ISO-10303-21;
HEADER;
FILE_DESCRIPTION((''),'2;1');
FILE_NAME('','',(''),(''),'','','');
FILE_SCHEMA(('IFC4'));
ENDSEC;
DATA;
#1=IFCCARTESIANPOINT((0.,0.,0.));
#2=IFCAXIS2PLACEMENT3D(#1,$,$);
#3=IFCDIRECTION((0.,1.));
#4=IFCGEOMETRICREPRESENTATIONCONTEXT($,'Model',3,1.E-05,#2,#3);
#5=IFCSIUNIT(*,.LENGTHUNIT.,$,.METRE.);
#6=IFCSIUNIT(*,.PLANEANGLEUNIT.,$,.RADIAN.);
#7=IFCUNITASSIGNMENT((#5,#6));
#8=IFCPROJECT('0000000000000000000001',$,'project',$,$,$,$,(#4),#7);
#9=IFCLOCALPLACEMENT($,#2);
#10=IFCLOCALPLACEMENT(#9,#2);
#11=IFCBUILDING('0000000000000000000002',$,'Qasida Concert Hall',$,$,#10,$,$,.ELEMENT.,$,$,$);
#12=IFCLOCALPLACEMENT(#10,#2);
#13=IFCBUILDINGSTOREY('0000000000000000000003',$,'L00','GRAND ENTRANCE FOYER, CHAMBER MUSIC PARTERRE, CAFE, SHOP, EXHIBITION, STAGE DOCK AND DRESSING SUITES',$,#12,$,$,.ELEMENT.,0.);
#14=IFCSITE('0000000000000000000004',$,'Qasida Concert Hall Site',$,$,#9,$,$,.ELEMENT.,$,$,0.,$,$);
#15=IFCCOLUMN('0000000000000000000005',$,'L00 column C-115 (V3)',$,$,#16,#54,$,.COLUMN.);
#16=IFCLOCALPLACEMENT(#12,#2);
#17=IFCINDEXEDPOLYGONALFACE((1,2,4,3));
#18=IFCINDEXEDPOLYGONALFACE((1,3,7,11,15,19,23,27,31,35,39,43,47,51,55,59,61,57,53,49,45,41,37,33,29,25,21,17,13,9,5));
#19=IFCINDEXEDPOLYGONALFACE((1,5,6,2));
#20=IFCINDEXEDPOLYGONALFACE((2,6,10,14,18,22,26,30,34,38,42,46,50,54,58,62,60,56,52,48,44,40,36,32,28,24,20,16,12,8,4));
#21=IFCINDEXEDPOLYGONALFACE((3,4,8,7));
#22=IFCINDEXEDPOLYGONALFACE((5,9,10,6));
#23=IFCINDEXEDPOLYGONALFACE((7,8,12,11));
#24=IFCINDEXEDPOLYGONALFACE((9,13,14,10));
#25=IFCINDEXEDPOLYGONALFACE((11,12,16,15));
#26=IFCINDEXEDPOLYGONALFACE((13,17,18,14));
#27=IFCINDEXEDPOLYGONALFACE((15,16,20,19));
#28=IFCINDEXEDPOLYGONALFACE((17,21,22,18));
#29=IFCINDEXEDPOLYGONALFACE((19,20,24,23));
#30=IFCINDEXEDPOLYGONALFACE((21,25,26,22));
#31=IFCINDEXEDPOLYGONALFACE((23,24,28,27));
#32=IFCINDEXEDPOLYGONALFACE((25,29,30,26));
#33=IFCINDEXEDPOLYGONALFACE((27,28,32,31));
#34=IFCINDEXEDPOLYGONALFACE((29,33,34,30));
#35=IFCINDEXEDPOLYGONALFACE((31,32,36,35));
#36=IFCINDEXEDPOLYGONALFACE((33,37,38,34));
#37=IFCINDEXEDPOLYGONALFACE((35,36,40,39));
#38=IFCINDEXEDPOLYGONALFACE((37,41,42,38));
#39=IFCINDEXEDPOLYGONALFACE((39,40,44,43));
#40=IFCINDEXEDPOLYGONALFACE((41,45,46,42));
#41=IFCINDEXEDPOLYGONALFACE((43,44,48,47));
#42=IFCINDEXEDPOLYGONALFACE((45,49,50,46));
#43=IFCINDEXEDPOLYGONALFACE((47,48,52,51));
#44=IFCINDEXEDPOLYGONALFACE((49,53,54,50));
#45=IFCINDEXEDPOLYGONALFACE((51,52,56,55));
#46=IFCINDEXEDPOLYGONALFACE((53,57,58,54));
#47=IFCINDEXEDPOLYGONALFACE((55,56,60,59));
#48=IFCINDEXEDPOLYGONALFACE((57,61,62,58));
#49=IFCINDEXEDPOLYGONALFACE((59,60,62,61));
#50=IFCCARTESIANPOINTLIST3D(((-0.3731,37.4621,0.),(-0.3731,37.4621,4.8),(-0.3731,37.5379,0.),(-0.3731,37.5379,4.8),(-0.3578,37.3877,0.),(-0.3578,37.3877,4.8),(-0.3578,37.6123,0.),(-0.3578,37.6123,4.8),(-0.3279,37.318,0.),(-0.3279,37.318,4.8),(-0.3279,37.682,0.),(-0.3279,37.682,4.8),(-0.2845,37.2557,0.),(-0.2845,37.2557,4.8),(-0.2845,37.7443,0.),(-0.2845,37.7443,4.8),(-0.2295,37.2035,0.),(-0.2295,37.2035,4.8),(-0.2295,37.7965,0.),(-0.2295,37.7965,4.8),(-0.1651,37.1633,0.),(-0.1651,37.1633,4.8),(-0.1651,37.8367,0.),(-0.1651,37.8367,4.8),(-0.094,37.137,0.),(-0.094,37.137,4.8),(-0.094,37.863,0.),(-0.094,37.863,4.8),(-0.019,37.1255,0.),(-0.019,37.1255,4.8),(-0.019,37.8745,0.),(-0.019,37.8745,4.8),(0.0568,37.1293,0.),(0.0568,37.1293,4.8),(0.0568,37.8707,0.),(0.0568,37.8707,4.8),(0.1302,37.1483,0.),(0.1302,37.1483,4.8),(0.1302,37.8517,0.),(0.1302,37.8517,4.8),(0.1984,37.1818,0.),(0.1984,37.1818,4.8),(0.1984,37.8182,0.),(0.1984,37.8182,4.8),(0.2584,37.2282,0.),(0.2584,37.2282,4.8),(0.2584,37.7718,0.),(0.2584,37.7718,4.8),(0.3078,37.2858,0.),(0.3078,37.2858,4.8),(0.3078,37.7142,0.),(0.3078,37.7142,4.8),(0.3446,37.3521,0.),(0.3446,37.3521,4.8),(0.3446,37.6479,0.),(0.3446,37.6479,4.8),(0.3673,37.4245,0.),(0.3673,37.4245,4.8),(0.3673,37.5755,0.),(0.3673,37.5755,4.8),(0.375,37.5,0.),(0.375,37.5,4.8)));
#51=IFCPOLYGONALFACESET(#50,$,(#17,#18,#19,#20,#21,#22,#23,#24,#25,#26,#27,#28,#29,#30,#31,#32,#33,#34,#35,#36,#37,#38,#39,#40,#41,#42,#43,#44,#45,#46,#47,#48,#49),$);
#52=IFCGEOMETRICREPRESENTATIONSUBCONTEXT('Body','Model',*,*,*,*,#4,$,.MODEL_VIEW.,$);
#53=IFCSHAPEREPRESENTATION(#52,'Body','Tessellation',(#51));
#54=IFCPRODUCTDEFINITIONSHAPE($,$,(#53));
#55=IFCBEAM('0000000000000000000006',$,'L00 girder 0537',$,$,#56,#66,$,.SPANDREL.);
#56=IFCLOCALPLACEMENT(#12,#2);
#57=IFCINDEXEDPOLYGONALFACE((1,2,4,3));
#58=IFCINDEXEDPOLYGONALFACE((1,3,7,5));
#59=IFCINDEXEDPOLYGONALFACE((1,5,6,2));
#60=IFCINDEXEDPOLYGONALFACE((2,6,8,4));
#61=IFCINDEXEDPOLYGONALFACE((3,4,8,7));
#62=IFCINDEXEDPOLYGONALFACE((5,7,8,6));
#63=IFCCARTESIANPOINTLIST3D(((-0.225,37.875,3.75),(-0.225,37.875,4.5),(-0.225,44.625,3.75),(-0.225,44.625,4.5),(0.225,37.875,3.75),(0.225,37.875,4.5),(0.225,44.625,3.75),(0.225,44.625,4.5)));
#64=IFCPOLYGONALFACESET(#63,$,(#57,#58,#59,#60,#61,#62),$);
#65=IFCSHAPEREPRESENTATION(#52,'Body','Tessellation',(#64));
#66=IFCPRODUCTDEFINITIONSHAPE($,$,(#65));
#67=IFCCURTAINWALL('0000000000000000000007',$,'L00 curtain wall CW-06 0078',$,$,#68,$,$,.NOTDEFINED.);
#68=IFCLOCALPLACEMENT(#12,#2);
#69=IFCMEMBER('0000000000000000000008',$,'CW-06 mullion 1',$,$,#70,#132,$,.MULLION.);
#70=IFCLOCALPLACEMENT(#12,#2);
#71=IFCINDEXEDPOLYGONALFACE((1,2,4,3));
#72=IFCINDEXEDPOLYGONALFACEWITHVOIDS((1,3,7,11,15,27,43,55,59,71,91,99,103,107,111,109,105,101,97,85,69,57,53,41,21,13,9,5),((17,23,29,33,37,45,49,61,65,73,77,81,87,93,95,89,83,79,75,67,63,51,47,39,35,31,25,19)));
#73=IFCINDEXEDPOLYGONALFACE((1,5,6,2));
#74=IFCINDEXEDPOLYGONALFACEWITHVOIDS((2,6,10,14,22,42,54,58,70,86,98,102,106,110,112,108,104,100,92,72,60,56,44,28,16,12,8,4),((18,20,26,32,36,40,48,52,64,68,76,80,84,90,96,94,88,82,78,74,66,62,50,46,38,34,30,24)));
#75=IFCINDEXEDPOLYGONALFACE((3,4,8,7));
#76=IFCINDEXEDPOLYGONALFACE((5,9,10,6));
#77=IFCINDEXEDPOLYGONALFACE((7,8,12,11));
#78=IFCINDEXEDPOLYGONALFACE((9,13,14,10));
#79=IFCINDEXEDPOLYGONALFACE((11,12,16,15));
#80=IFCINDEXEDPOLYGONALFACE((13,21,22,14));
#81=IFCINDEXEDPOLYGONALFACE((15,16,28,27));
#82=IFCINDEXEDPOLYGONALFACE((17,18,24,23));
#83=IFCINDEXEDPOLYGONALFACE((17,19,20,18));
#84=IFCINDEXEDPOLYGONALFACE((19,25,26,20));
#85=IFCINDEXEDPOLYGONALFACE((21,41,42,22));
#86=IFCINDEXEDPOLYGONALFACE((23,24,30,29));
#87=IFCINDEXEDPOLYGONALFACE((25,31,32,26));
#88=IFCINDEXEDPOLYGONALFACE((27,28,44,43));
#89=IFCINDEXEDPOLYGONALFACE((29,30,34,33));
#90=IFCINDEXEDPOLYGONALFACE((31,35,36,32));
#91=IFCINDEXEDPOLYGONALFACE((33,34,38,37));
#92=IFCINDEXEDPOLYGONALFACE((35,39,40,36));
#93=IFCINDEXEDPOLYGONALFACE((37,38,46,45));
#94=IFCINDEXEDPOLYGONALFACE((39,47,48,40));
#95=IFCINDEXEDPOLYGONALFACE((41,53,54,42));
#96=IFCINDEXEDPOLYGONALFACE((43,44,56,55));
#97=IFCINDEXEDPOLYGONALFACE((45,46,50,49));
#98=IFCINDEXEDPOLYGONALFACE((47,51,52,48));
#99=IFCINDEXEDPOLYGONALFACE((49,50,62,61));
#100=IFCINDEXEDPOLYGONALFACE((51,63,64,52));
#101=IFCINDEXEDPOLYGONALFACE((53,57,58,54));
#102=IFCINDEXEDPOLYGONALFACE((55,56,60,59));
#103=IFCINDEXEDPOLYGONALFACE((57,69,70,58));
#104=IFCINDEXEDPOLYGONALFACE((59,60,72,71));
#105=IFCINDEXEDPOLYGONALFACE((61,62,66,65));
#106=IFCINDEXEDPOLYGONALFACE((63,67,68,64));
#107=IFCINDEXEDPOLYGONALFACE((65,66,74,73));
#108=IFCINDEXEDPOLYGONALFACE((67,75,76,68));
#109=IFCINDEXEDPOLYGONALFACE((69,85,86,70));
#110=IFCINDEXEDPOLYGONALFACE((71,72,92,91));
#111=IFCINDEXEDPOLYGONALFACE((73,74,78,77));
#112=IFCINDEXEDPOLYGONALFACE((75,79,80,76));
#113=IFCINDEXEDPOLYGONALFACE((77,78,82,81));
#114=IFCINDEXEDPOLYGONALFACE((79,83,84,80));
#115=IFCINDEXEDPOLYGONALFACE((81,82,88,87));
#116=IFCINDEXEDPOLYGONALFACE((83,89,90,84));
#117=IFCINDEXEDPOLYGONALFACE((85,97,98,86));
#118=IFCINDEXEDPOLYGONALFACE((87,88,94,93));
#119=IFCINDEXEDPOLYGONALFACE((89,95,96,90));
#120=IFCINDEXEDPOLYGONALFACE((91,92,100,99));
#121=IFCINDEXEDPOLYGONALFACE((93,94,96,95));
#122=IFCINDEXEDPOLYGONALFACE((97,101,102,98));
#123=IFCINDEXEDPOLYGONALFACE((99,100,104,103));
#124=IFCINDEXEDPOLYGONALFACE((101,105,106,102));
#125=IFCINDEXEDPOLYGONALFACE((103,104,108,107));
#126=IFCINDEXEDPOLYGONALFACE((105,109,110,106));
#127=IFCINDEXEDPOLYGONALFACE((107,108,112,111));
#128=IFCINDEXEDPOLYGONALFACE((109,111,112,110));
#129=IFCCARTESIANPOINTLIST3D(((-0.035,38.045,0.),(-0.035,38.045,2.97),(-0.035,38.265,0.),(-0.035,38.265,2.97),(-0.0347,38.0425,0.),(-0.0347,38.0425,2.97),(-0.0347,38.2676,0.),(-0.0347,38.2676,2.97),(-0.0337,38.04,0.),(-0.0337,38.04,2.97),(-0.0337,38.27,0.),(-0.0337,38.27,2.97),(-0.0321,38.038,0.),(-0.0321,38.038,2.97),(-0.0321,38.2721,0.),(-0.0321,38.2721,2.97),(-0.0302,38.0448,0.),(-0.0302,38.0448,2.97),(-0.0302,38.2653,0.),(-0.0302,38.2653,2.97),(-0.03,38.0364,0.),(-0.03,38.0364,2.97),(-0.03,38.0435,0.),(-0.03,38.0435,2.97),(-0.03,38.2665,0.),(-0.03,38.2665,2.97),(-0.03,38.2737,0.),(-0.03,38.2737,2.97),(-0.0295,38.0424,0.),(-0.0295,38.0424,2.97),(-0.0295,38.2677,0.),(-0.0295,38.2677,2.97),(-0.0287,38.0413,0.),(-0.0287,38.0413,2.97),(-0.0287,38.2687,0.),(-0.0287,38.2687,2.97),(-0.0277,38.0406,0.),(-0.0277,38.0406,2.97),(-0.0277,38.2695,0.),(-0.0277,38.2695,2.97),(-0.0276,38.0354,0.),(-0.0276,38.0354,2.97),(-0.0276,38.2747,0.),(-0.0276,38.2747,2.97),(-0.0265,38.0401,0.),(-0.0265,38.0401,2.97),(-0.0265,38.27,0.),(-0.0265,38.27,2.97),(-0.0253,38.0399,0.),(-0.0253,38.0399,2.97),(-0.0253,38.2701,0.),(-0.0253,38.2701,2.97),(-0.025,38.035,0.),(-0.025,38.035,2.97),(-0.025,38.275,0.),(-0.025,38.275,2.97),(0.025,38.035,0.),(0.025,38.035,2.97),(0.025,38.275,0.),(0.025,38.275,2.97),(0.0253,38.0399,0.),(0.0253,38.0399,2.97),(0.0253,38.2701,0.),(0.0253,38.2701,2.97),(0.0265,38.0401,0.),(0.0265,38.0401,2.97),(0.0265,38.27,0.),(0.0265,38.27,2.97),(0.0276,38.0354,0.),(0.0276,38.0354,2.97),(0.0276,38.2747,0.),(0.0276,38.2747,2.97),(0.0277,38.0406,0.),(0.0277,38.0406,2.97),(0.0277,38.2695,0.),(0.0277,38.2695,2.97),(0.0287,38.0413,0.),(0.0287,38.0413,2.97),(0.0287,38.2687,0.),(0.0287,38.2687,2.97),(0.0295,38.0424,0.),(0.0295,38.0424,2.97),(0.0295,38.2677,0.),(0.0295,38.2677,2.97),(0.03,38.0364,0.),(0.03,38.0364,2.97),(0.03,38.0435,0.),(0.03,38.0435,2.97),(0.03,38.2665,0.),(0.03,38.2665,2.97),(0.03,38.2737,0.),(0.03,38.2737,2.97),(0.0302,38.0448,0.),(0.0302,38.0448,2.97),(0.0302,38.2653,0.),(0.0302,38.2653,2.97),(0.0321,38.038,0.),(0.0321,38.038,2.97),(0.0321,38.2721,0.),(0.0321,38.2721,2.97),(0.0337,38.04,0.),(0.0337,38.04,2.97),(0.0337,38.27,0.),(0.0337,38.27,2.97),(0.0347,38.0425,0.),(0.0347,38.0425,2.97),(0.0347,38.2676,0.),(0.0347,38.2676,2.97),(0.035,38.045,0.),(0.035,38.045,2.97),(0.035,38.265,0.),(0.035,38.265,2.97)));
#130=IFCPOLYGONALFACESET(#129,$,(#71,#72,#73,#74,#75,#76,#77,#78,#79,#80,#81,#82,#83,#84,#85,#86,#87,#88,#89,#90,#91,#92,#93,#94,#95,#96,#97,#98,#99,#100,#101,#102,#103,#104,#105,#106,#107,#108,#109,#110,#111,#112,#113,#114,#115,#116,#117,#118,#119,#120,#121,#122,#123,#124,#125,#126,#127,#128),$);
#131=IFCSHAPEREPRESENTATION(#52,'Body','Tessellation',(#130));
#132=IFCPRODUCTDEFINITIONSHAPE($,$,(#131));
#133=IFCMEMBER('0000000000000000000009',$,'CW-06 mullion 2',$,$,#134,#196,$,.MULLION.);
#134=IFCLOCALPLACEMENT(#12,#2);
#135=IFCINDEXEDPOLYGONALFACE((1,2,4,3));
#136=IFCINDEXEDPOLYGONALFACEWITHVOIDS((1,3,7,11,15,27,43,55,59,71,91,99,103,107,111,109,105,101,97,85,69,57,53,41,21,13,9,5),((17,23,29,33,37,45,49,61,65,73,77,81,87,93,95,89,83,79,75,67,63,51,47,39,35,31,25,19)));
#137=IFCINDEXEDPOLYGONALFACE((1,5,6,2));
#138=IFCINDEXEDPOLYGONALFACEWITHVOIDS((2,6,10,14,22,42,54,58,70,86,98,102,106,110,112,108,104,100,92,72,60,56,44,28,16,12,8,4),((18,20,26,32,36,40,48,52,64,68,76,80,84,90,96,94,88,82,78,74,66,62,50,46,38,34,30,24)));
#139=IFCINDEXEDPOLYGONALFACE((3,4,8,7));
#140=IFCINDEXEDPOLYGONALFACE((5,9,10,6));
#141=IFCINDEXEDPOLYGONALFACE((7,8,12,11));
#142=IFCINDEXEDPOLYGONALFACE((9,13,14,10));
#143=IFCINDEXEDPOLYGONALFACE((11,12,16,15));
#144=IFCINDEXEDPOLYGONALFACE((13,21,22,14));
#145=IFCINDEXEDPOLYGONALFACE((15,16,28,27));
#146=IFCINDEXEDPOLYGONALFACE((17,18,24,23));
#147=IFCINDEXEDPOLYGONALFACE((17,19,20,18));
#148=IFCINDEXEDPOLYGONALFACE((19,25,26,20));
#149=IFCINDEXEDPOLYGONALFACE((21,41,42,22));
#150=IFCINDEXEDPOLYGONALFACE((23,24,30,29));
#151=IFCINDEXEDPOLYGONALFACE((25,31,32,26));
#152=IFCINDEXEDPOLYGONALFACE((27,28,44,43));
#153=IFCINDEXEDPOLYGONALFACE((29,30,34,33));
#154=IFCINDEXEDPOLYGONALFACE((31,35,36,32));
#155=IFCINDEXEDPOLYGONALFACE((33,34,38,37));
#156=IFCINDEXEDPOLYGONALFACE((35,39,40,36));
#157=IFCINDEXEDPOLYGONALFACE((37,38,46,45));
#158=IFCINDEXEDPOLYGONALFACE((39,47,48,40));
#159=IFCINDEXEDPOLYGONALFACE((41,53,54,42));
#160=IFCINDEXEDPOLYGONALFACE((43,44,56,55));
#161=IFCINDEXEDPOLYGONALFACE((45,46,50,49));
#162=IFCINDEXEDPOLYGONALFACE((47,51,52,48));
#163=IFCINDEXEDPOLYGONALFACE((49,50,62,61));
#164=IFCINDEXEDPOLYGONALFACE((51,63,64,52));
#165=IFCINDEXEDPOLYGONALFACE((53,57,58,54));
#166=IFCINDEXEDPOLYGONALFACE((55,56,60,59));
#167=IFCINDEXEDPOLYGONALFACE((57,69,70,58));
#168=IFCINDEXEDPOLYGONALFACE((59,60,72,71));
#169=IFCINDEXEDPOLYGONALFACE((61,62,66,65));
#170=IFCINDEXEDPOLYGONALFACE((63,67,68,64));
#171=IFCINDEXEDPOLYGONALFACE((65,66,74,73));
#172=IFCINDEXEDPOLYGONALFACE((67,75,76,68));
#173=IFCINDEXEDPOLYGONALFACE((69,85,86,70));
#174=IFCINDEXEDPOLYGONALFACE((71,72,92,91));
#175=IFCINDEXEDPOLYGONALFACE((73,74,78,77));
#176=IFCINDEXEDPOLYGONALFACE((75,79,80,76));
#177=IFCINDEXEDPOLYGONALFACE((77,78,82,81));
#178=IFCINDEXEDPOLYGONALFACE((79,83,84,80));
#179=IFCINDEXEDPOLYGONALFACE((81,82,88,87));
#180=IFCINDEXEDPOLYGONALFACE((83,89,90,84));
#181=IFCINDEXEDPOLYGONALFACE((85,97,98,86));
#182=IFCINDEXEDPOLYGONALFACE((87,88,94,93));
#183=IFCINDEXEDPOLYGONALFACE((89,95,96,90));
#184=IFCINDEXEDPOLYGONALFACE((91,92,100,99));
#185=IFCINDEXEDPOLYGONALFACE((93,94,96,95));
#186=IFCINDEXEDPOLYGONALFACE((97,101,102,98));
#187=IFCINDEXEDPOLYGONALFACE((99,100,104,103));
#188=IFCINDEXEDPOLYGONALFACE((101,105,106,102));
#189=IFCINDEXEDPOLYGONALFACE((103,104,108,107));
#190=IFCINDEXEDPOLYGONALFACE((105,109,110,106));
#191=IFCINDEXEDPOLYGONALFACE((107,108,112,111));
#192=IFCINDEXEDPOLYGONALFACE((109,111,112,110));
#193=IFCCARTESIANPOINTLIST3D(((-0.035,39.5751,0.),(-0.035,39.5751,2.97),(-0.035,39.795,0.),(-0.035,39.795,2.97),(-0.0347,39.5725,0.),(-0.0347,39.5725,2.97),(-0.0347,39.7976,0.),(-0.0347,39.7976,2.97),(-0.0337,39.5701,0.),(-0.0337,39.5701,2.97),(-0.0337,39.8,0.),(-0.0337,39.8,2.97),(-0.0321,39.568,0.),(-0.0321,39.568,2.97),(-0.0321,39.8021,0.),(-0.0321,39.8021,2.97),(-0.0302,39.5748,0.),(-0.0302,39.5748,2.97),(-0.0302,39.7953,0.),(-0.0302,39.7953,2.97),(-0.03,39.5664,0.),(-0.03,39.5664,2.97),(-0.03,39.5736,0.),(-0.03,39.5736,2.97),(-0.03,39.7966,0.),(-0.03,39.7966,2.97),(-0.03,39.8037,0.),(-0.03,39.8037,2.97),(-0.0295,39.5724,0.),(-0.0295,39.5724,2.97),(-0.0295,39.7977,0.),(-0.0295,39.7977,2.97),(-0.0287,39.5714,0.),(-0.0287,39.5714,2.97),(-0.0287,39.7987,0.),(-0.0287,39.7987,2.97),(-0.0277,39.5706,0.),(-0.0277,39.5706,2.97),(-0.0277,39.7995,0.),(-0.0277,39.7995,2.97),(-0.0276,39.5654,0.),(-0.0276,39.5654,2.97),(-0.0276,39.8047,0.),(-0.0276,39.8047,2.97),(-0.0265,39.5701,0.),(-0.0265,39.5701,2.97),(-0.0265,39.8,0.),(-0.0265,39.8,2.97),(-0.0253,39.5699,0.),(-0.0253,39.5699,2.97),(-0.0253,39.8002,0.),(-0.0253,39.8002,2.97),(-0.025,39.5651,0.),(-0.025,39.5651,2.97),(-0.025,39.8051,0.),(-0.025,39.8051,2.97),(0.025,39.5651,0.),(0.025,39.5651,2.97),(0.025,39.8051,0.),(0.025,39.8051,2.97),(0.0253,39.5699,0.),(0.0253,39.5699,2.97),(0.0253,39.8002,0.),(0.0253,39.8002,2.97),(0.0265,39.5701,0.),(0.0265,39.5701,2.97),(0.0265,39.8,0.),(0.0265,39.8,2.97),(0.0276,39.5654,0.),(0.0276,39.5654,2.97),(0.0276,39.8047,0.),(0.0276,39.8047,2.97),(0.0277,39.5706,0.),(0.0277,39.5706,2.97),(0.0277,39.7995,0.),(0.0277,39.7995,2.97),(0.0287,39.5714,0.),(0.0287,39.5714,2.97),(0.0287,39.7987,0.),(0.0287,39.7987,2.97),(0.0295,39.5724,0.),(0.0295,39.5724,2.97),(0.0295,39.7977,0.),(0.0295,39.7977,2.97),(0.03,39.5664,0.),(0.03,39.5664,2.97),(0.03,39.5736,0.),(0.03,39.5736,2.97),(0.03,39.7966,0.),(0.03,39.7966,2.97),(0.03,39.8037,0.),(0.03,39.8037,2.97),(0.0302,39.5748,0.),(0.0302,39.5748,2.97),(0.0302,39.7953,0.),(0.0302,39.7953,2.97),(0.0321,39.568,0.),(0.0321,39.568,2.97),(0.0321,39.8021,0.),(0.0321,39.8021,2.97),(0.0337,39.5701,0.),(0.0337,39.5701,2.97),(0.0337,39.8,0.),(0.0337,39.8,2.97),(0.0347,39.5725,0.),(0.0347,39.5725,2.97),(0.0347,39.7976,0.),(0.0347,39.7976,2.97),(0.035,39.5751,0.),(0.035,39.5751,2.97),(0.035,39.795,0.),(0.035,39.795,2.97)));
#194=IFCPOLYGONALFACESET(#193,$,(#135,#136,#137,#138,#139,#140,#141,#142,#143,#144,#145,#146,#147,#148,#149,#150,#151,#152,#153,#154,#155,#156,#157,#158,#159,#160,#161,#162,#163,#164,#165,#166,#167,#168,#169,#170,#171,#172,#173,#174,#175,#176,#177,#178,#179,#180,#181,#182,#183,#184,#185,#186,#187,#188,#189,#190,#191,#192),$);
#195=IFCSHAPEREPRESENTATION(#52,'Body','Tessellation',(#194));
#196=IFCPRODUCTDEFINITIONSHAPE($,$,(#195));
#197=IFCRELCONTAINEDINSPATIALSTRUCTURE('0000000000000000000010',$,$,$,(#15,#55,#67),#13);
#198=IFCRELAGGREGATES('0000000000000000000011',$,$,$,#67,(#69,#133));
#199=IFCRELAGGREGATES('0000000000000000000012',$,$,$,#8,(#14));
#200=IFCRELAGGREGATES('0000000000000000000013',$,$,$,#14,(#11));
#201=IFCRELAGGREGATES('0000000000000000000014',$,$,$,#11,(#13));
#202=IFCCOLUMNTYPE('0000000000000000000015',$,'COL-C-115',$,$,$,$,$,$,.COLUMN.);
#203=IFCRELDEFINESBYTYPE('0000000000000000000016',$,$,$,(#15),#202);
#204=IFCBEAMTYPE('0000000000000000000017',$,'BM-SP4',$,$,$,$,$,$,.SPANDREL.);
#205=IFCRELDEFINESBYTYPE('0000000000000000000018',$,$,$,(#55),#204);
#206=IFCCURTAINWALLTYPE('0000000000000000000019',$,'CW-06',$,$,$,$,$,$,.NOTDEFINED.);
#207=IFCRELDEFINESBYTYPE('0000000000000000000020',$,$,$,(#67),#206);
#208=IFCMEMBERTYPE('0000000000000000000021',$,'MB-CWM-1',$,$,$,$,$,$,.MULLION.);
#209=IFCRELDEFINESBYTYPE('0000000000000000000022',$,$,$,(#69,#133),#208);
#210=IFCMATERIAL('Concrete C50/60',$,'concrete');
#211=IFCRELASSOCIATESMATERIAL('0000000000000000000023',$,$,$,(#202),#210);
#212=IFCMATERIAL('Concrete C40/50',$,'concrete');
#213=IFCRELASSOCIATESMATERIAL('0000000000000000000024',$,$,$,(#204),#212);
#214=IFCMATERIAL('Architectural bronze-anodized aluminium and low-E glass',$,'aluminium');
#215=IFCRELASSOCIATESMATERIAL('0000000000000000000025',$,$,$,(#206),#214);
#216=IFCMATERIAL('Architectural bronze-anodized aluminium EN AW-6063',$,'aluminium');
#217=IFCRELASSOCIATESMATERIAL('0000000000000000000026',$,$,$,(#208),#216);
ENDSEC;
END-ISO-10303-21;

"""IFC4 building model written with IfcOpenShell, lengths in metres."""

from ifc_helpers import new_model, si_unit, direction, frame, origin, origin_2d, place, context, subcontext, project, spatial, rectangle, hollow_rectangle, circle, extrude, material, material_profile, profile_set, type_object, element, aggregate, save


model = new_model("IFC4")

# Units and contexts
model_context = context("Model", 3, precision=1e-05, world=origin(), true_north=direction((0.0, 1.0)))
body_context = subcontext(model_context, "Body", "Model", "MODEL_VIEW")
ifc_project = project(units=[si_unit("LENGTHUNIT", "METRE"), si_unit("PLANEANGLEUNIT", "RADIAN")], contexts=[model_context])

# Site, building, storey
site_placement = place(None, origin())
site = spatial("IfcSite", under=ifc_project, at=site_placement, Name="Qasida Concert Hall Site", CompositionType="ELEMENT", RefElevation=0.0)
building_placement = place(site_placement, origin())
building = spatial("IfcBuilding", under=site, at=building_placement, Name="Qasida Concert Hall", CompositionType="ELEMENT")
storey_placement = place(building_placement, origin())
storey = spatial("IfcBuildingStorey", under=building, at=storey_placement, Name="L00", Description="GRAND ENTRANCE FOYER, CHAMBER MUSIC PARTERRE, CAFE, SHOP, EXHIBITION, STAGE DOCK AND DRESSING SUITES", CompositionType="ELEMENT", Elevation=0.0)

# Column
ifc_material_1 = material(Name="Concrete C50/60", Category="concrete")
ifc_material_profile_1 = material_profile(ifc_material_1, circle(Radius=0.375, at=origin_2d()), Name="RC COL D750")
ifc_profile_set_1 = profile_set([ifc_material_profile_1], Name="Concrete C50/60")
column_type = type_object("IfcColumnType", Name="COL-C-115", PredefinedType="COLUMN", material=ifc_profile_set_1)
column_placement = place(storey_placement, frame((0.0, 37.5, 0.0), z_axis=(0.0, 0.0, 1.0), x_axis=(1.0, 0.0, 0.0)))
element("IfcColumn", 1, at=column_placement, inside=storey, type_object=column_type, Name="L00 column C-115 (V3)", PredefinedType="COLUMN", context=body_context, shape_type="SweptSolid", body=[
    extrude(circle(Radius=0.375, at=origin_2d()), origin(), (0.0, 0.0, 1.0), 4.8),
])

# Beam
ifc_material_2 = material(Name="Concrete C40/50", Category="concrete")
ifc_material_profile_2 = material_profile(ifc_material_2, rectangle(XDim=0.45, YDim=0.75, at=origin_2d()), Name="RC 450x750")
ifc_profile_set_2 = profile_set([ifc_material_profile_2], Name="Concrete C40/50")
beam_type = type_object("IfcBeamType", Name="BM-SP4", PredefinedType="SPANDREL", material=ifc_profile_set_2)
beam_placement = place(storey_placement, frame((0.0, 37.875, 4.125), z_axis=(0.0, 1.0, 0.0), x_axis=(-1.0, 0.0, 0.0)))
element("IfcBeam", 2, at=beam_placement, inside=storey, type_object=beam_type, Name="L00 girder 0537", PredefinedType="SPANDREL", context=body_context, shape_type="SweptSolid", body=[
    extrude(rectangle(XDim=0.45, YDim=0.75, at=origin_2d()), origin(), (0.0, 0.0, 1.0), 6.75),
])

# Curtain wall, members
ifc_material_3 = material(Name="Architectural bronze-anodized aluminium and low-E glass", Category="aluminium")
curtain_wall_type = type_object("IfcCurtainWallType", Name="CW-06", PredefinedType="NOTDEFINED", material=ifc_material_3)
curtain_wall_placement = place(storey_placement, origin())
curtain_wall = element("IfcCurtainWall", 3, at=curtain_wall_placement, inside=storey, type_object=curtain_wall_type, Name="L00 curtain wall CW-06 0078", PredefinedType="NOTDEFINED")
ifc_material_4 = material(Name="Architectural bronze-anodized aluminium EN AW-6063", Category="aluminium")
ifc_material_profile_3 = material_profile(ifc_material_4, hollow_rectangle(XDim=0.0701, YDim=0.24, WallThickness=0.0049, InnerFilletRadius=0.0049, OuterFilletRadius=0.01, at=origin_2d()), Name="CWM 240x70x5")
ifc_profile_set_3 = profile_set([ifc_material_profile_3], Name="Architectural bronze-anodized aluminium EN AW-6063")
member_type_1 = type_object("IfcMemberType", Name="MB-CWM-1", PredefinedType="MULLION", material=ifc_profile_set_3)
member_1_placement = place(storey_placement, frame((0.0, 38.155, 0.0), z_axis=(0.0, 0.0, 1.0), x_axis=(-1.0, 0.0, 0.0)))
member_1 = element("IfcMember", 4, at=member_1_placement, type_object=member_type_1, Name="CW-06 mullion 1", PredefinedType="MULLION", context=body_context, shape_type="SweptSolid", body=[
    extrude(hollow_rectangle(XDim=0.0701, YDim=0.24, WallThickness=0.0049, InnerFilletRadius=0.0049, OuterFilletRadius=0.01, at=origin_2d()), origin(), (0.0, 0.0, 1.0), 2.97),
])
member_2_placement = place(storey_placement, frame((0.0, 39.6851, 0.0), z_axis=(0.0, 0.0, 1.0), x_axis=(-1.0, 0.0, 0.0)))
member_2 = element("IfcMember", 5, at=member_2_placement, type_object=member_type_1, Name="CW-06 mullion 2", PredefinedType="MULLION", context=body_context, shape_type="SweptSolid", body=[
    extrude(hollow_rectangle(XDim=0.0701, YDim=0.24, WallThickness=0.0049, InnerFilletRadius=0.0049, OuterFilletRadius=0.01, at=origin_2d()), origin(), (0.0, 0.0, 1.0), 2.97),
])
aggregate(curtain_wall, [member_1, member_2])

save(model, "model.ifc")
